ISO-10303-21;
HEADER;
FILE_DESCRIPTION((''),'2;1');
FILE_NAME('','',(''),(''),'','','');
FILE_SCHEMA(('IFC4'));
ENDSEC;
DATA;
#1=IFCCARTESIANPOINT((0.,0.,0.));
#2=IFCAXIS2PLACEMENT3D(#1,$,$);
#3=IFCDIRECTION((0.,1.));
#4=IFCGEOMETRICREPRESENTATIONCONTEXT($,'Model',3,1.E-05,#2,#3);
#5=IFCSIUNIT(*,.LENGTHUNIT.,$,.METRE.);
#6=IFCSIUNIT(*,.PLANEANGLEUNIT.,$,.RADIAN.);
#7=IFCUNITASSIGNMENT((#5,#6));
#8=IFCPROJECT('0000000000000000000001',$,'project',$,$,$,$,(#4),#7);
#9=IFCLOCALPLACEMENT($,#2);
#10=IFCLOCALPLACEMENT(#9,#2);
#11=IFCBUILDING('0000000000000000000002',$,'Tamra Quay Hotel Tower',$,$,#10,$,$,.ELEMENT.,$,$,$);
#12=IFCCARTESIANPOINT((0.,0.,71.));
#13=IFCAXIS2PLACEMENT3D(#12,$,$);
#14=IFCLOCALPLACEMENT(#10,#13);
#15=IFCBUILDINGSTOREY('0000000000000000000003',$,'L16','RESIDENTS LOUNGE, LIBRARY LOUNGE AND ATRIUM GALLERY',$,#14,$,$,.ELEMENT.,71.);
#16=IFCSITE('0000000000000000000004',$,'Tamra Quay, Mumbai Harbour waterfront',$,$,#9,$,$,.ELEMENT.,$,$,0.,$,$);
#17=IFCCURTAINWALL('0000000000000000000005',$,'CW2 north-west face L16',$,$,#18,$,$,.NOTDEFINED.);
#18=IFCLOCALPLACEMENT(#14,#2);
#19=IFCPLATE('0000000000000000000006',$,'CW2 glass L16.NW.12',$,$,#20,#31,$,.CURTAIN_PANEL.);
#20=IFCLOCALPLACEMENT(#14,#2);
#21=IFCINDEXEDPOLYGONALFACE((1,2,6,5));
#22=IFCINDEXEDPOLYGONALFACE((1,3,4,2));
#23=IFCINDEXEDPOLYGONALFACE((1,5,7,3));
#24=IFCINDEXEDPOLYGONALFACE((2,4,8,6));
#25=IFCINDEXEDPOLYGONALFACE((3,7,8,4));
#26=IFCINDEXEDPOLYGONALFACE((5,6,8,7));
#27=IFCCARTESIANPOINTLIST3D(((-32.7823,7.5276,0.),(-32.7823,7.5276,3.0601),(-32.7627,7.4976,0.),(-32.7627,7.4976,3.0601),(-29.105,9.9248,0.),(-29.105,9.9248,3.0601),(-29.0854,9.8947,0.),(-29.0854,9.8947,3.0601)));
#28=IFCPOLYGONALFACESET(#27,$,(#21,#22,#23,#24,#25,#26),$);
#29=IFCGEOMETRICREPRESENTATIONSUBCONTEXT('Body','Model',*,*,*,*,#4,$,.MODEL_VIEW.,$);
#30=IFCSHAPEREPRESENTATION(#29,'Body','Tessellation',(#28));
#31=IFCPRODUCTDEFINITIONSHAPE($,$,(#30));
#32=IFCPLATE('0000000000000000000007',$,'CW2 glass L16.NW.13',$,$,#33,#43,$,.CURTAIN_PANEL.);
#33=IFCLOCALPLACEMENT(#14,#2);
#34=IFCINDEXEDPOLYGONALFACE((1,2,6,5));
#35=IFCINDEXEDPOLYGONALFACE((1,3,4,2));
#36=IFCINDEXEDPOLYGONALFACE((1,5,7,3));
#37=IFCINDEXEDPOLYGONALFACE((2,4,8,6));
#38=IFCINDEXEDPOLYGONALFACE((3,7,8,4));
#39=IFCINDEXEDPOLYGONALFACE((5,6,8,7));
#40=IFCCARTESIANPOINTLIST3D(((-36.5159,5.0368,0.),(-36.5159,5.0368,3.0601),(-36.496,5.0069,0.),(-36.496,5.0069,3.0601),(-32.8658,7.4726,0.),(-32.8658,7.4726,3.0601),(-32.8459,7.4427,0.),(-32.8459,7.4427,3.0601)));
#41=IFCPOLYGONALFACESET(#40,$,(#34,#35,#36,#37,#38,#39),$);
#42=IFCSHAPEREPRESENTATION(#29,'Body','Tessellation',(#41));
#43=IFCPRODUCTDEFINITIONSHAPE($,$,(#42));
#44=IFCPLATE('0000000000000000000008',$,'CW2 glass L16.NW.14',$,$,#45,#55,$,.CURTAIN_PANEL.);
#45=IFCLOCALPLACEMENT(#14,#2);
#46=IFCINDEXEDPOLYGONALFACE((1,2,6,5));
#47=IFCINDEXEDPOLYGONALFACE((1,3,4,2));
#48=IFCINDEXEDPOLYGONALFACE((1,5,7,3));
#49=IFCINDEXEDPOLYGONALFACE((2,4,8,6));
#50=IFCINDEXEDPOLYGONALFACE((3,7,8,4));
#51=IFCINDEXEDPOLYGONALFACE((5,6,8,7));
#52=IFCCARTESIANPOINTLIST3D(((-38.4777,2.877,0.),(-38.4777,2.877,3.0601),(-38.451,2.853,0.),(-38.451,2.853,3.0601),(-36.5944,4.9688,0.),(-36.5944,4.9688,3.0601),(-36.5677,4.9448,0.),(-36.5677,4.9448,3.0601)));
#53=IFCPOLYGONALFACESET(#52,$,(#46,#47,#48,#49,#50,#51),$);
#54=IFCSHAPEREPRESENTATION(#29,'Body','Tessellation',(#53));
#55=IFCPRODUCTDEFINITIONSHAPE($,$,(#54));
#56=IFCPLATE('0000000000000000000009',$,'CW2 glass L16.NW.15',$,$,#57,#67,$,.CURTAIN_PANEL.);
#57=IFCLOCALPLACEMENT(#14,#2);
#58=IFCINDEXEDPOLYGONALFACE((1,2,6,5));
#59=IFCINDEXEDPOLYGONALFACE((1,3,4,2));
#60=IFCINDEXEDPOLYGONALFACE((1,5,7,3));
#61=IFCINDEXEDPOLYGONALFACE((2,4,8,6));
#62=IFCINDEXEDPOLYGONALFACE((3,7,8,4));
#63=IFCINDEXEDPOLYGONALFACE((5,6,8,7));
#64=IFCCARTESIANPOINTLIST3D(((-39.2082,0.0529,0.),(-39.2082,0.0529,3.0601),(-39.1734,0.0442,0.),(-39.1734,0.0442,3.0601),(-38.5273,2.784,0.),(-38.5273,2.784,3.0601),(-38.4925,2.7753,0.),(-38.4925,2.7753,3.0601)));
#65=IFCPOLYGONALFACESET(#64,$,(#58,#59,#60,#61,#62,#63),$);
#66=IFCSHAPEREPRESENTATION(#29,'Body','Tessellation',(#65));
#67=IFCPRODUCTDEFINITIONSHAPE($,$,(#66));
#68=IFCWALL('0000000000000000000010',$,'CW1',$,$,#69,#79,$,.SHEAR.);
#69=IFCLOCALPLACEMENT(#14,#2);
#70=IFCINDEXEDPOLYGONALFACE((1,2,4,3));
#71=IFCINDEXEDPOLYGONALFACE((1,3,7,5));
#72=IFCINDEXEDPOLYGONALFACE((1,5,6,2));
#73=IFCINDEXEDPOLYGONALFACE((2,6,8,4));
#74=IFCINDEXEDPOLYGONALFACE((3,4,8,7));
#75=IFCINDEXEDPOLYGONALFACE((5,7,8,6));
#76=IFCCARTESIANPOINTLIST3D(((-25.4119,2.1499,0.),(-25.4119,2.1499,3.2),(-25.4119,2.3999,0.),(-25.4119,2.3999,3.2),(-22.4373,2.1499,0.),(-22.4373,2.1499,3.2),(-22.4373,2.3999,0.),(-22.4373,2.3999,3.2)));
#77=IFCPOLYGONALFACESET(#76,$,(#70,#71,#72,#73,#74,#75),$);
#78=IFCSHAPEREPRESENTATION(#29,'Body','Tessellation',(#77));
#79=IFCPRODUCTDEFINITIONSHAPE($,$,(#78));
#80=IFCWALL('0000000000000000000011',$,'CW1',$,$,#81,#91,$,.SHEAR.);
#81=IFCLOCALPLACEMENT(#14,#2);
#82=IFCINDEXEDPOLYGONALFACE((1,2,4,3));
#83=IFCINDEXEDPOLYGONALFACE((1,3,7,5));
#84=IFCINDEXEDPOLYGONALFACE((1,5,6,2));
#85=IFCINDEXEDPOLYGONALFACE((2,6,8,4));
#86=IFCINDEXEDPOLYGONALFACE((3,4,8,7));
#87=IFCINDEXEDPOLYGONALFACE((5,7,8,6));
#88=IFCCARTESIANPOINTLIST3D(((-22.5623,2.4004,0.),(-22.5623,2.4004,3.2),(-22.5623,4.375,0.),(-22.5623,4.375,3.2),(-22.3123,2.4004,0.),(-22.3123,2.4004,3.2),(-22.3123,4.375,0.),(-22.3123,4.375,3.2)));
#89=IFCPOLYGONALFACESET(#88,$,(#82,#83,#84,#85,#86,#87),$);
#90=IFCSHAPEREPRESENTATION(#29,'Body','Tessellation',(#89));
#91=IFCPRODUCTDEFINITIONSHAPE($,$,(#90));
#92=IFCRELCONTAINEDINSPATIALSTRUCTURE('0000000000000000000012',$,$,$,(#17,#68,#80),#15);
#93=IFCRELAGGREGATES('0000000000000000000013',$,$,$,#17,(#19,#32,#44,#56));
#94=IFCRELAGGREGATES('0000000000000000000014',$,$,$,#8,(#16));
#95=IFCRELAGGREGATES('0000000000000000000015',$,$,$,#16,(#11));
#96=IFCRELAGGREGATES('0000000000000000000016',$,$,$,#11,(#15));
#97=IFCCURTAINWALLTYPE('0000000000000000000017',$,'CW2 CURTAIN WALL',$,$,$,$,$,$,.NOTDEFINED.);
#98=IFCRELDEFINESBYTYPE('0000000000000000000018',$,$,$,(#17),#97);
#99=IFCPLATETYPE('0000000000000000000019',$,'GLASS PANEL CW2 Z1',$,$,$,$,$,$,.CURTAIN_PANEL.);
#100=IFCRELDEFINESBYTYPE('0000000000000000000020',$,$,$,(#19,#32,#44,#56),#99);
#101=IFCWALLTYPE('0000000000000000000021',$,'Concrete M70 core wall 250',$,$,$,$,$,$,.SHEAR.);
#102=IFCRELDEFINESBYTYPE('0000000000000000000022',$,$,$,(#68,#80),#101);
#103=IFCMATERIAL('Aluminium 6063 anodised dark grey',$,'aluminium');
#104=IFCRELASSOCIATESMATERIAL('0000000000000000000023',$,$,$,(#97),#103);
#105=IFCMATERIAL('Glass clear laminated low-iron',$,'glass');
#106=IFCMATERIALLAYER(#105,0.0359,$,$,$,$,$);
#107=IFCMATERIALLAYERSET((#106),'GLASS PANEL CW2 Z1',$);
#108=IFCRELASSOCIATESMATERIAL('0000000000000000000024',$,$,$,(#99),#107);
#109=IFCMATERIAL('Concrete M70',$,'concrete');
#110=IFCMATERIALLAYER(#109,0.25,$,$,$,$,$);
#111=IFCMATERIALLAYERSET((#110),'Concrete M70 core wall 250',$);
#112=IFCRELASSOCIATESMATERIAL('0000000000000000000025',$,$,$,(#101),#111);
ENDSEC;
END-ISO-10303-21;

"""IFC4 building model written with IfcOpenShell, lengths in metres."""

from ifc_helpers import new_model, si_unit, direction, frame, frame_2d, origin, origin_2d, place, context, subcontext, project, spatial, rectangle, extrude, material, layer, layer_set, type_object, element, aggregate, save


model = new_model("IFC4")

# Units and contexts
model_context = context("Model", 3, precision=1e-05, world=origin(), true_north=direction((0.0, 1.0)))
body_context = subcontext(model_context, "Body", "Model", "MODEL_VIEW")
ifc_project = project(units=[si_unit("LENGTHUNIT", "METRE"), si_unit("PLANEANGLEUNIT", "RADIAN")], contexts=[model_context])

# Site, building, storey
site_placement = place(None, origin())
site = spatial("IfcSite", under=ifc_project, at=site_placement, Name="Tamra Quay, Mumbai Harbour waterfront", CompositionType="ELEMENT", RefElevation=0.0)
building_placement = place(site_placement, origin())
building = spatial("IfcBuilding", under=site, at=building_placement, Name="Tamra Quay Hotel Tower", CompositionType="ELEMENT")
storey_placement = place(building_placement, frame((0.0, 0.0, 71.0)))
storey = spatial("IfcBuildingStorey", under=building, at=storey_placement, Name="L16", Description="RESIDENTS LOUNGE, LIBRARY LOUNGE AND ATRIUM GALLERY", CompositionType="ELEMENT", Elevation=71.0)

# Shared definitions
ifc_material_1 = material(Name="Concrete M70", Category="concrete")

# Curtain wall
ifc_material_2 = material(Name="Aluminium 6063 anodised dark grey", Category="aluminium")
curtain_wall_type = type_object("IfcCurtainWallType", Name="CW2 CURTAIN WALL", PredefinedType="NOTDEFINED", material=ifc_material_2)
curtain_wall_placement = place(storey_placement, origin())
curtain_wall = element("IfcCurtainWall", 1, at=curtain_wall_placement, inside=storey, type_object=curtain_wall_type, Name="CW2 north-west face L16", PredefinedType="NOTDEFINED")

# Plates
ifc_material_3 = material(Name="Glass clear laminated low-iron", Category="glass")
ifc_layer_1 = layer(ifc_material_3, 0.0359)
ifc_layer_set_1 = layer_set([ifc_layer_1], Name="GLASS PANEL CW2 Z1")
plate_type = type_object("IfcPlateType", Name="GLASS PANEL CW2 Z1", PredefinedType="CURTAIN_PANEL", material=ifc_layer_set_1)
plate_1_placement = place(storey_placement, frame((-30.9338, 8.7112, 0.0), z_axis=(0.0, 0.0, 1.0), x_axis=(-0.837728, -0.546088, 0.0)))
plate_1 = element("IfcPlate", 2, at=plate_1_placement, type_object=plate_type, Name="CW2 glass L16.NW.12", PredefinedType="CURTAIN_PANEL", context=body_context, shape_type="SweptSolid", body=[
    extrude(rectangle(XDim=4.3896, YDim=0.0359, at=origin_2d()), origin(), (0.0, 0.0, 1.0), 3.0601),
])
plate_2_placement = place(storey_placement, frame((-34.6809, 6.2397, 0.0), z_axis=(0.0, 0.0, 1.0), x_axis=(-0.831798, -0.555079, 0.0)))
plate_2 = element("IfcPlate", 3, at=plate_2_placement, type_object=plate_type, Name="CW2 glass L16.NW.13", PredefinedType="CURTAIN_PANEL", context=body_context, shape_type="SweptSolid", body=[
    extrude(rectangle(XDim=4.3882, YDim=0.0359, at=origin_2d()), origin(), (0.0, 0.0, 1.0), 3.0601),
])
plate_3_placement = place(storey_placement, frame((-37.5227, 3.9109, 0.0), z_axis=(0.0, 0.0, 1.0), x_axis=(-0.669112, -0.743161, 0.0)))
plate_3 = element("IfcPlate", 4, at=plate_3_placement, type_object=plate_type, Name="CW2 glass L16.NW.14", PredefinedType="CURTAIN_PANEL", context=body_context, shape_type="SweptSolid", body=[
    extrude(rectangle(XDim=2.8147, YDim=0.0359, at=origin_2d()), origin(), (0.0, 0.0, 1.0), 3.0601),
])
plate_4_placement = place(storey_placement, frame((-38.8503, 1.4141, 0.0), z_axis=(0.0, 0.0, 1.0), x_axis=(-0.241914, -0.970298, 0.0)))
plate_4 = element("IfcPlate", 5, at=plate_4_placement, type_object=plate_type, Name="CW2 glass L16.NW.15", PredefinedType="CURTAIN_PANEL", context=body_context, shape_type="SweptSolid", body=[
    extrude(rectangle(XDim=2.8147, YDim=0.0359, at=origin_2d()), origin(), (0.0, 0.0, 1.0), 3.0601),
])
aggregate(curtain_wall, [plate_1, plate_2, plate_3, plate_4])

# Walls
ifc_layer_2 = layer(ifc_material_1, 0.25)
ifc_layer_set_2 = layer_set([ifc_layer_2], Name="Concrete M70 core wall 250")
wall_type = type_object("IfcWallType", Name="Concrete M70 core wall 250", PredefinedType="SHEAR", material=ifc_layer_set_2)
wall_1_placement = place(storey_placement, frame((-25.4119, 2.2749, 0.0), z_axis=(0.0, 0.0, 1.0), x_axis=(1.0, 0.0, 0.0)))
element("IfcWall", 6, at=wall_1_placement, inside=storey, type_object=wall_type, Name="CW1", PredefinedType="SHEAR", context=body_context, shape_type="SweptSolid", body=[
    extrude(rectangle(XDim=2.9746, YDim=0.25, at=frame_2d((1.4873, 0.0))), origin(), (0.0, 0.0, 1.0), 3.2),
])
wall_2_placement = place(storey_placement, frame((-22.4373, 2.4004, 0.0), z_axis=(0.0, 0.0, 1.0), x_axis=(0.0, 1.0, 0.0)))
element("IfcWall", 7, at=wall_2_placement, inside=storey, type_object=wall_type, Name="CW1", PredefinedType="SHEAR", context=body_context, shape_type="SweptSolid", body=[
    extrude(rectangle(XDim=1.9746, YDim=0.25, at=frame_2d((0.9873, 0.0))), origin(), (0.0, 0.0, 1.0), 3.2),
])

save(model, "model.ifc")
